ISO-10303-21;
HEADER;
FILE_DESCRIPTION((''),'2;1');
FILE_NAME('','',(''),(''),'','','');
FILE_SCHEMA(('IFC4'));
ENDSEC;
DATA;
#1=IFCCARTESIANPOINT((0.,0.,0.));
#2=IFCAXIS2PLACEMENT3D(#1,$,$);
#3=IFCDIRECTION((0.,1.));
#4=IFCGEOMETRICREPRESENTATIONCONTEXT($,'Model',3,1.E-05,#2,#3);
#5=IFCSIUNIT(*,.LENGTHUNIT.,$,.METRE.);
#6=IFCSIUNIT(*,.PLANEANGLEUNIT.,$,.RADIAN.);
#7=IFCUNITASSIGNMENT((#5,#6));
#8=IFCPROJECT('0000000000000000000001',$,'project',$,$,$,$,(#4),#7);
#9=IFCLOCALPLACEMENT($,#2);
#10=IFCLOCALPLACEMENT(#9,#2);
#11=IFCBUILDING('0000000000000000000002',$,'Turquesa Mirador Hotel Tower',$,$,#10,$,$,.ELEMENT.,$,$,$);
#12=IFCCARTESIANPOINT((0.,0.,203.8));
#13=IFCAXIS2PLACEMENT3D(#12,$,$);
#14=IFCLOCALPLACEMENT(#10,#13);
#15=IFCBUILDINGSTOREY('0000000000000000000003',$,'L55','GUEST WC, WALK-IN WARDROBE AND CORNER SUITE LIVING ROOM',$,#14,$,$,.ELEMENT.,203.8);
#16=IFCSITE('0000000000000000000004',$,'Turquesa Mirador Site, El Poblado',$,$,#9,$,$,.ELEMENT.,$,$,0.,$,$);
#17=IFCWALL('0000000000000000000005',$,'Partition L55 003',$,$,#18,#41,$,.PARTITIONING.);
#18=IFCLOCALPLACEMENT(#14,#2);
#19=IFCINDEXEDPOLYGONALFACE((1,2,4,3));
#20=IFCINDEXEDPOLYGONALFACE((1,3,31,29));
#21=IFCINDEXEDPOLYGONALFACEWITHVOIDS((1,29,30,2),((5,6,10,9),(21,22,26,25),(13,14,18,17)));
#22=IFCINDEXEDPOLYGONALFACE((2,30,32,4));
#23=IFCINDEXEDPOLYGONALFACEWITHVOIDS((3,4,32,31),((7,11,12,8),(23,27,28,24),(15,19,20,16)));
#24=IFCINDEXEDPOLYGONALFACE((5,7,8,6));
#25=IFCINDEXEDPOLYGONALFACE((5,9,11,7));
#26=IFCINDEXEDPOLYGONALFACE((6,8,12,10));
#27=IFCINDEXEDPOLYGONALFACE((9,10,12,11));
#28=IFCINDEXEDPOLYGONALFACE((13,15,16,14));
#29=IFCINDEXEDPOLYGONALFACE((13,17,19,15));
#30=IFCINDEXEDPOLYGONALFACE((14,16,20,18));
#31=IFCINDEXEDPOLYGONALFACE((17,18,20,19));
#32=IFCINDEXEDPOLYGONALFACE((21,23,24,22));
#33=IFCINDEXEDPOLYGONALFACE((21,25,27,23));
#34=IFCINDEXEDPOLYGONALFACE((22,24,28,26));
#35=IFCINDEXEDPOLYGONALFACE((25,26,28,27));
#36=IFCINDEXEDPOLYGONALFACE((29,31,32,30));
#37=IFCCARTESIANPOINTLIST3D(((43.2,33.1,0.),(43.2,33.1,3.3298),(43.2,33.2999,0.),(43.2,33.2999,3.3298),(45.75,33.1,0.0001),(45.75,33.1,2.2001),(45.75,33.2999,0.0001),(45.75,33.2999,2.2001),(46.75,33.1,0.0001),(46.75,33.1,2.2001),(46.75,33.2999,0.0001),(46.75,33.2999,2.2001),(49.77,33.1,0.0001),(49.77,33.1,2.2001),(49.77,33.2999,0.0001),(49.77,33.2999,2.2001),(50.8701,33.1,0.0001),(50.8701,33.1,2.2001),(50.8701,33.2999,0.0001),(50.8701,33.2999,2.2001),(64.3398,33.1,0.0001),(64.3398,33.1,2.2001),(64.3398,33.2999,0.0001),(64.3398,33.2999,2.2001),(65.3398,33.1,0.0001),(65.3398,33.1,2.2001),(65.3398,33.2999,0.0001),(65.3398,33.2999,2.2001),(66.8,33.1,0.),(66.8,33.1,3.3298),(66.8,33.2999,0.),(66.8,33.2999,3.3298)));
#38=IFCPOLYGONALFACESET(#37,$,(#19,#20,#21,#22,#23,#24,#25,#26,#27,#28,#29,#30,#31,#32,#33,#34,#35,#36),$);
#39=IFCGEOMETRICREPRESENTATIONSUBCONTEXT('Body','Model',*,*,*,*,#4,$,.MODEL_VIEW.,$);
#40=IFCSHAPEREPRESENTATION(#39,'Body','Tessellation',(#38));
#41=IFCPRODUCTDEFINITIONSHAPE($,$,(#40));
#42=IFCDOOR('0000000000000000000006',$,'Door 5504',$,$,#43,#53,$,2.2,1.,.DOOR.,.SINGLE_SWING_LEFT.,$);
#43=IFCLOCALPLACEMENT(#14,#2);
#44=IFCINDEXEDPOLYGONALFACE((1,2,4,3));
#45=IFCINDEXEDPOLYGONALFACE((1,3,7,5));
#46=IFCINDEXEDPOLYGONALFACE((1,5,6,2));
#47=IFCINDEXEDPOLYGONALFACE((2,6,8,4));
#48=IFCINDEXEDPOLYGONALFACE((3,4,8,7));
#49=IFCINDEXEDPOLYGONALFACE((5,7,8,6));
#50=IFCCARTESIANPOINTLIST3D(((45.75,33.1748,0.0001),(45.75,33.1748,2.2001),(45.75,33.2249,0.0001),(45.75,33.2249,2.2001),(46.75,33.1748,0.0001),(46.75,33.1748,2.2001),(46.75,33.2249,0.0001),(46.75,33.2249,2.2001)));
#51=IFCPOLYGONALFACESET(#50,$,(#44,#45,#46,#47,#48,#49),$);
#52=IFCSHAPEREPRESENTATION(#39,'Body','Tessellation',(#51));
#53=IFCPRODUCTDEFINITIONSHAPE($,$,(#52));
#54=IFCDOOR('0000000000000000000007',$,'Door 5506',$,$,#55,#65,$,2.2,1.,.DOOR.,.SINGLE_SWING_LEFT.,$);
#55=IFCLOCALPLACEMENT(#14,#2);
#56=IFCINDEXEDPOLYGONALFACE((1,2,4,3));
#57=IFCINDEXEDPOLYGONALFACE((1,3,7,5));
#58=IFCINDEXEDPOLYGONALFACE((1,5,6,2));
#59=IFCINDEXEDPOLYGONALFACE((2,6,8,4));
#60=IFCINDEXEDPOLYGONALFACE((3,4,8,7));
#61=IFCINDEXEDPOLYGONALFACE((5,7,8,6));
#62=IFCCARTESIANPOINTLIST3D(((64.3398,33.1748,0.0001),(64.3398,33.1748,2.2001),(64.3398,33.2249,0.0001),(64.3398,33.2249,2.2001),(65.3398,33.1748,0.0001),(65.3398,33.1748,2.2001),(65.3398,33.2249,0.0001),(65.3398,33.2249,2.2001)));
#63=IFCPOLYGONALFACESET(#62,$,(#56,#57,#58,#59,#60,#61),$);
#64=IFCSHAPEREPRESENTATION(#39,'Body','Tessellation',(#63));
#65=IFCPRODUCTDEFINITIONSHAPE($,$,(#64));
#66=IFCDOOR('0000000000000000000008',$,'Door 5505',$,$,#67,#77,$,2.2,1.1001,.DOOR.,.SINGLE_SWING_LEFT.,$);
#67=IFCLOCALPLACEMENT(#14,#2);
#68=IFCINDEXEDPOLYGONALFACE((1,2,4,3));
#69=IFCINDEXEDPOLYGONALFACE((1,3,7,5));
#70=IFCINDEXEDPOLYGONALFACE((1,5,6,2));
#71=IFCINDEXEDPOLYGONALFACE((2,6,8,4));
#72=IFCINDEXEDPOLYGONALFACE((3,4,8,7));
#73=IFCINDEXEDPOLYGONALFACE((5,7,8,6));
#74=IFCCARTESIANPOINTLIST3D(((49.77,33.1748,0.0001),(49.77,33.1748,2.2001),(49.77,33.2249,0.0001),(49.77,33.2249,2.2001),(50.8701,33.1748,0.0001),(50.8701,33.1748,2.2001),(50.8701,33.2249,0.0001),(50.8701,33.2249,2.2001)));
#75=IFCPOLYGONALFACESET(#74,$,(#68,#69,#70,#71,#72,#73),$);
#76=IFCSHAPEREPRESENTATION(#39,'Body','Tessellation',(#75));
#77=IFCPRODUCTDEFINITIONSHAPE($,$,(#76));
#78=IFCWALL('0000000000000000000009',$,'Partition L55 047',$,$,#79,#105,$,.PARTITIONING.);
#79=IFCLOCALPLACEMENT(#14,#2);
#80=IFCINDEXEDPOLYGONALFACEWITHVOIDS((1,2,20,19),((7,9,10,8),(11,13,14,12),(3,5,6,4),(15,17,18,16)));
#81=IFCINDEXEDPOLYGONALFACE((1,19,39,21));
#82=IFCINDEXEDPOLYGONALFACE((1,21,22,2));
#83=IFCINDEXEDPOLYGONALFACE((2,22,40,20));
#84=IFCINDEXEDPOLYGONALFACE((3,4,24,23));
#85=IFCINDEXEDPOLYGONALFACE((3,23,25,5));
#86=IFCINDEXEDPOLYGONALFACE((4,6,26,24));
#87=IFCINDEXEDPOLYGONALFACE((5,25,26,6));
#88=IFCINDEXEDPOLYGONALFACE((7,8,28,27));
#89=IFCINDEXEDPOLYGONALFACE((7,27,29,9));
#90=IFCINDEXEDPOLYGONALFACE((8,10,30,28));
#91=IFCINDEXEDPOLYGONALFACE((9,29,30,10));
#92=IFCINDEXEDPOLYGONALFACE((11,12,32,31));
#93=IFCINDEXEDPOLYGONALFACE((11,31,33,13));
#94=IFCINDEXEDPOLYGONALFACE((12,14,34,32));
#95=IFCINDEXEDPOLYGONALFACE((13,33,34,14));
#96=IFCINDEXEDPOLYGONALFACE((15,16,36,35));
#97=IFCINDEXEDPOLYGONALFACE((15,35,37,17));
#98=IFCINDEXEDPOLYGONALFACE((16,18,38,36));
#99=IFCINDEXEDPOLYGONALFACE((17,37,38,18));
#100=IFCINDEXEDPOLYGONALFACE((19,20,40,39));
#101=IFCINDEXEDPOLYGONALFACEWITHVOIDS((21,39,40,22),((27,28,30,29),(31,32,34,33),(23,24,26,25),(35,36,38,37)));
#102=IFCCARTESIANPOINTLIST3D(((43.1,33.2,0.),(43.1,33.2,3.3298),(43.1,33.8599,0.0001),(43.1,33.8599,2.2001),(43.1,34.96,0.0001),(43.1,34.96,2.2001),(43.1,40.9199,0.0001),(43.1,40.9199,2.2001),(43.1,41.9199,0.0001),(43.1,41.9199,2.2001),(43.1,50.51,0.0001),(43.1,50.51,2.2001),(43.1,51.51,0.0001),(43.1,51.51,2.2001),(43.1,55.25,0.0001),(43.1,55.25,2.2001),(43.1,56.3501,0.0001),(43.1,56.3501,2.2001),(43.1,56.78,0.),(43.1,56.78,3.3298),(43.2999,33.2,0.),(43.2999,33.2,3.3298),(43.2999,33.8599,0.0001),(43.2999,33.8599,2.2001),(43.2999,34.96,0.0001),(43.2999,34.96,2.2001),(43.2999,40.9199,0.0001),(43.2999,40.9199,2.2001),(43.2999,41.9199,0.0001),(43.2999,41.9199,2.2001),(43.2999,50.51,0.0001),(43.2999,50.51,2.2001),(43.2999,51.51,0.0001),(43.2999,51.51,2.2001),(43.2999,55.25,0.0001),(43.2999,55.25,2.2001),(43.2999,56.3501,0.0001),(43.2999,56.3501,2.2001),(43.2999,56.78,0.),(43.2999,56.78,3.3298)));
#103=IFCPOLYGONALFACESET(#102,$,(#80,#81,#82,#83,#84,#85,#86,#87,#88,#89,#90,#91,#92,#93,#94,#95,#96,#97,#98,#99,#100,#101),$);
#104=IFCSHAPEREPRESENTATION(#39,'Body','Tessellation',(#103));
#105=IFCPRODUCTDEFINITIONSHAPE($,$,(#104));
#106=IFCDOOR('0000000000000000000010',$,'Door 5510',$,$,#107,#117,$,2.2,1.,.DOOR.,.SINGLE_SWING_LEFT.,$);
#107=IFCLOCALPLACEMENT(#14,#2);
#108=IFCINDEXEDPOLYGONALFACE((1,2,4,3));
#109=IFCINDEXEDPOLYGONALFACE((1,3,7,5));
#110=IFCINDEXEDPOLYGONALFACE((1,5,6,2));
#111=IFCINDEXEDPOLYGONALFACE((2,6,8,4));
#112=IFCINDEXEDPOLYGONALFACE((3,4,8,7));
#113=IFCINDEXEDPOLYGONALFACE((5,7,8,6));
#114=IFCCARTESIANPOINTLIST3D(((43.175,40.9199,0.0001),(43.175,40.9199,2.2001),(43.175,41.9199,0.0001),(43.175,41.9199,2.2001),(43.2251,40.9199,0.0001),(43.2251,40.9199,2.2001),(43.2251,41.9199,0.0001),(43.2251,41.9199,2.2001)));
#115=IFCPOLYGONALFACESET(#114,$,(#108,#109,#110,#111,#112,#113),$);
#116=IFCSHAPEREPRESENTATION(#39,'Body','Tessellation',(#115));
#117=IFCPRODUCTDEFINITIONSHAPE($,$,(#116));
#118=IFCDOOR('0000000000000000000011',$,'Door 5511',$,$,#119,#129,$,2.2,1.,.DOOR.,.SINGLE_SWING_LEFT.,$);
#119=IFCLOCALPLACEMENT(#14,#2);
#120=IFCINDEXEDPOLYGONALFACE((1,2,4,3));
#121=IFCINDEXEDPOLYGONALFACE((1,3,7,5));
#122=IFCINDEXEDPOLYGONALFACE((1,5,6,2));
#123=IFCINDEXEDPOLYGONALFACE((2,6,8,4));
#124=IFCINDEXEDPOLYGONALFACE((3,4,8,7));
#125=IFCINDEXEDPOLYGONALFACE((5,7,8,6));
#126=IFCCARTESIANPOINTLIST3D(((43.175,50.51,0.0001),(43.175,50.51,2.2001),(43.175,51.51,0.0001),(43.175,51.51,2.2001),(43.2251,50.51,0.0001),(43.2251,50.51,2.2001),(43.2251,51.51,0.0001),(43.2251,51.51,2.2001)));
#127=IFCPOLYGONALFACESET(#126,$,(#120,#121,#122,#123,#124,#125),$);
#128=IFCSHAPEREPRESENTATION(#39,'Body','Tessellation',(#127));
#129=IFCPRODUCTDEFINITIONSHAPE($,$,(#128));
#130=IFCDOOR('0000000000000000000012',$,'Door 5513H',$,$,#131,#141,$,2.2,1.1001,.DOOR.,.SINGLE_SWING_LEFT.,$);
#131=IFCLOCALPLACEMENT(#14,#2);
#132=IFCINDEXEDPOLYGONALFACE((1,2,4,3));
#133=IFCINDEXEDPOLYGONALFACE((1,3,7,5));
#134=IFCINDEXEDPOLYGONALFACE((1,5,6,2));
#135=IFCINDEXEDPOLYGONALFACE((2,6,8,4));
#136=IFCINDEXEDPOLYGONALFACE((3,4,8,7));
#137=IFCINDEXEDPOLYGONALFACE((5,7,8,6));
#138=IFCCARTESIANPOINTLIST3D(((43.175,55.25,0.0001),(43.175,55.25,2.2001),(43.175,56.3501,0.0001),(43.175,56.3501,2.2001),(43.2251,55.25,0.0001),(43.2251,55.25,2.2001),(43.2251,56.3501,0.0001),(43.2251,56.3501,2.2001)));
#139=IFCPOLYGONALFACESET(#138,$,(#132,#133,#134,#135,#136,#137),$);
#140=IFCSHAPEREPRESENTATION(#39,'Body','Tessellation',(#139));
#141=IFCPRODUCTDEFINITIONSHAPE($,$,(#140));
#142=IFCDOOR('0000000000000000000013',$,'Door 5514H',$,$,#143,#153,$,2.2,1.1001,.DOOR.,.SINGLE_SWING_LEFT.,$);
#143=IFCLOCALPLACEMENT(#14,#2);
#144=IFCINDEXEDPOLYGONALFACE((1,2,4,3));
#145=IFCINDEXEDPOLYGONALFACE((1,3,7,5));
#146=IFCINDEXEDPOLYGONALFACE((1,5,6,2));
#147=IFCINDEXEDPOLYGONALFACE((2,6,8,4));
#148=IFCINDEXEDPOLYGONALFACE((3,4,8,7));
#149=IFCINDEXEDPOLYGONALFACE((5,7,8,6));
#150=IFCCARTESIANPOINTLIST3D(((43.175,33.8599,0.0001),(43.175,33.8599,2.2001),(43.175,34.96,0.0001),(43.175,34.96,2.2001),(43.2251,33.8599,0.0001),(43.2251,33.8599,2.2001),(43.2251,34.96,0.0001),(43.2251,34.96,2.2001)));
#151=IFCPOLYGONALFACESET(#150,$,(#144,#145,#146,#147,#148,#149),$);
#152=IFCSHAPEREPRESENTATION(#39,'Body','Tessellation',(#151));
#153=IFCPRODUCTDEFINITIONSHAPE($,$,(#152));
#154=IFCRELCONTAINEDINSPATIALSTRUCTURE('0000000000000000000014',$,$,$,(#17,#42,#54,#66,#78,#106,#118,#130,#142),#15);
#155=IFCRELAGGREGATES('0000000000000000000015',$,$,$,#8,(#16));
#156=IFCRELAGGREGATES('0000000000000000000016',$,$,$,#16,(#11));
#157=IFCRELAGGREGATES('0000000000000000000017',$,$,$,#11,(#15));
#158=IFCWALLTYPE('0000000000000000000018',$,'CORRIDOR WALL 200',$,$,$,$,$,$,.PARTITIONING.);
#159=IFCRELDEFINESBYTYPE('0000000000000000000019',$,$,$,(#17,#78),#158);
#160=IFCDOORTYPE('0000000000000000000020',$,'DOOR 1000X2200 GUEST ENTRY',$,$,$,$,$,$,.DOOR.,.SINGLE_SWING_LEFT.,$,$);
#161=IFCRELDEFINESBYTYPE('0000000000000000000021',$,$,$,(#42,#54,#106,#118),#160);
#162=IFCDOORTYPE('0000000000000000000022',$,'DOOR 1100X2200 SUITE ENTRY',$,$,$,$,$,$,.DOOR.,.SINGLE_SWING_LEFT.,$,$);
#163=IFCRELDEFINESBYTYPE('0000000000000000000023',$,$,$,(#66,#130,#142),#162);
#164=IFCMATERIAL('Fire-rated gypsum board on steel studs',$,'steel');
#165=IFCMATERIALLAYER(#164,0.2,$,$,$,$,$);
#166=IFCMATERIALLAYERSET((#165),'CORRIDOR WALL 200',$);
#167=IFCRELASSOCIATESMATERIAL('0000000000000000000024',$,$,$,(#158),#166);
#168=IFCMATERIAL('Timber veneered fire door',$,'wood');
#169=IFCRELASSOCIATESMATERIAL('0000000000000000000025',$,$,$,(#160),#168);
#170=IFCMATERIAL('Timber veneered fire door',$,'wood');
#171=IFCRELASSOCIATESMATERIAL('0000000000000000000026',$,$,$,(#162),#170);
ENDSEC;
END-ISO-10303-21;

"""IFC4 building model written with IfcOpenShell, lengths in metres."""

from ifc_helpers import new_model, si_unit, direction, frame, frame_2d, origin, place, context, subcontext, project, spatial, rectangle, extrude, material, layer, layer_set, type_object, element, fill, save


model = new_model("IFC4")

# Units and contexts
model_context = context("Model", 3, precision=1e-05, world=origin(), true_north=direction((0.0, 1.0)))
body_context = subcontext(model_context, "Body", "Model", "MODEL_VIEW")
ifc_project = project(units=[si_unit("LENGTHUNIT", "METRE"), si_unit("PLANEANGLEUNIT", "RADIAN")], contexts=[model_context])

# Site, building, storey
site_placement = place(None, origin())
site = spatial("IfcSite", under=ifc_project, at=site_placement, Name="Turquesa Mirador Site, El Poblado", CompositionType="ELEMENT", RefElevation=0.0)
building_placement = place(site_placement, origin())
building = spatial("IfcBuilding", under=site, at=building_placement, Name="Turquesa Mirador Hotel Tower", CompositionType="ELEMENT")
storey_placement = place(building_placement, frame((0.0, 0.0, 203.8)))
storey = spatial("IfcBuildingStorey", under=building, at=storey_placement, Name="L55", Description="GUEST WC, WALK-IN WARDROBE AND CORNER SUITE LIVING ROOM", CompositionType="ELEMENT", Elevation=203.8)

# Walls, openings, doors
ifc_material_1 = material(Name="Fire-rated gypsum board on steel studs", Category="steel")
ifc_layer_1 = layer(ifc_material_1, 0.2)
ifc_layer_set_1 = layer_set([ifc_layer_1], Name="CORRIDOR WALL 200")
wall_type_1 = type_object("IfcWallType", Name="CORRIDOR WALL 200", PredefinedType="PARTITIONING", material=ifc_layer_set_1)
wall_1_placement = place(storey_placement, frame((43.2, 33.2, 0.0), z_axis=(0.0, 0.0, 1.0), x_axis=(1.0, 0.0, 0.0)))
wall_1 = element("IfcWall", 1, at=wall_1_placement, inside=storey, type_object=wall_type_1, Name="Partition L55 003", PredefinedType="PARTITIONING", context=body_context, shape_type="SweptSolid", body=[
    extrude(rectangle(XDim=23.6001, YDim=0.2, at=frame_2d((11.8, 0.0))), origin(), (0.0, 0.0, 1.0), 3.3298),
])
opening_1_placement = place(wall_1_placement, frame((2.55, 0.0, 0.0)))
opening_1 = element("IfcOpeningElement", 2, at=opening_1_placement, cuts=wall_1, PredefinedType="OPENING", context=body_context, shape_type="SweptSolid", body=[
    extrude(rectangle(XDim=1.0, YDim=2.2, at=frame_2d((0.5, 1.1001))), frame((0.0, 0.1099, 0.0), z_axis=(0.0, -1.0, 0.0), x_axis=(1.0, 0.0, 0.0)), (0.0, 0.0, 1.0), 0.22),
])
opening_2_placement = place(wall_1_placement, frame((6.5701, 0.0, 0.0)))
opening_2 = element("IfcOpeningElement", 3, at=opening_2_placement, cuts=wall_1, PredefinedType="OPENING", context=body_context, shape_type="SweptSolid", body=[
    extrude(rectangle(XDim=1.1001, YDim=2.2, at=frame_2d((0.55, 1.1001))), frame((0.0, 0.1099, 0.0), z_axis=(0.0, -1.0, 0.0), x_axis=(1.0, 0.0, 0.0)), (0.0, 0.0, 1.0), 0.22),
])
opening_3_placement = place(wall_1_placement, frame((21.1399, 0.0, 0.0)))
opening_3 = element("IfcOpeningElement", 4, at=opening_3_placement, cuts=wall_1, PredefinedType="OPENING", context=body_context, shape_type="SweptSolid", body=[
    extrude(rectangle(XDim=1.0, YDim=2.2, at=frame_2d((0.5, 1.1001))), frame((0.0, 0.1099, 0.0), z_axis=(0.0, -1.0, 0.0), x_axis=(1.0, 0.0, 0.0)), (0.0, 0.0, 1.0), 0.22),
])
ifc_material_2 = material(Name="Timber veneered fire door", Category="wood")
door_type_1 = type_object("IfcDoorType", Name="DOOR 1000X2200 GUEST ENTRY", OperationType="SINGLE_SWING_LEFT", PredefinedType="DOOR", material=ifc_material_2)
door_1_placement = place(opening_1_placement, origin())
door_1 = element("IfcDoor", 5, at=door_1_placement, inside=storey, type_object=door_type_1, Name="Door 5504", OperationType="SINGLE_SWING_LEFT", OverallHeight=2.2, OverallWidth=1.0, PredefinedType="DOOR", context=body_context, shape_type="SweptSolid", body=[
    extrude(rectangle(XDim=1.0, YDim=2.2, at=frame_2d((0.5, 1.1001))), frame((0.0, 0.0249, 0.0), z_axis=(0.0, -1.0, 0.0), x_axis=(1.0, 0.0, 0.0)), (0.0, 0.0, 1.0), 0.05),
])
fill(opening_1, door_1)
door_2_placement = place(opening_3_placement, origin())
door_2 = element("IfcDoor", 6, at=door_2_placement, inside=storey, type_object=door_type_1, Name="Door 5506", OperationType="SINGLE_SWING_LEFT", OverallHeight=2.2, OverallWidth=1.0, PredefinedType="DOOR", context=body_context, shape_type="SweptSolid", body=[
    extrude(rectangle(XDim=1.0, YDim=2.2, at=frame_2d((0.5, 1.1001))), frame((0.0, 0.0249, 0.0), z_axis=(0.0, -1.0, 0.0), x_axis=(1.0, 0.0, 0.0)), (0.0, 0.0, 1.0), 0.05),
])
fill(opening_3, door_2)
ifc_material_3 = material(Name="Timber veneered fire door", Category="wood")
door_type_2 = type_object("IfcDoorType", Name="DOOR 1100X2200 SUITE ENTRY", OperationType="SINGLE_SWING_LEFT", PredefinedType="DOOR", material=ifc_material_3)
door_3_placement = place(opening_2_placement, origin())
door_3 = element("IfcDoor", 7, at=door_3_placement, inside=storey, type_object=door_type_2, Name="Door 5505", OperationType="SINGLE_SWING_LEFT", OverallHeight=2.2, OverallWidth=1.1001, PredefinedType="DOOR", context=body_context, shape_type="SweptSolid", body=[
    extrude(rectangle(XDim=1.1001, YDim=2.2, at=frame_2d((0.55, 1.1001))), frame((0.0, 0.0249, 0.0), z_axis=(0.0, -1.0, 0.0), x_axis=(1.0, 0.0, 0.0)), (0.0, 0.0, 1.0), 0.05),
])
fill(opening_2, door_3)
wall_2_placement = place(storey_placement, frame((43.2, 33.2, 0.0), z_axis=(0.0, 0.0, 1.0), x_axis=(0.0, 1.0, 0.0)))
wall_2 = element("IfcWall", 8, at=wall_2_placement, inside=storey, type_object=wall_type_1, Name="Partition L55 047", PredefinedType="PARTITIONING", context=body_context, shape_type="SweptSolid", body=[
    extrude(rectangle(XDim=23.5801, YDim=0.2, at=frame_2d((11.79, 0.0))), origin(), (0.0, 0.0, 1.0), 3.3298),
])
opening_4_placement = place(wall_2_placement, frame((7.72, 0.0, 0.0)))
opening_4 = element("IfcOpeningElement", 9, at=opening_4_placement, cuts=wall_2, PredefinedType="OPENING", context=body_context, shape_type="SweptSolid", body=[
    extrude(rectangle(XDim=1.0, YDim=2.2, at=frame_2d((0.5, 1.1001))), frame((0.0, 0.1099, 0.0), z_axis=(0.0, -1.0, 0.0), x_axis=(1.0, 0.0, 0.0)), (0.0, 0.0, 1.0), 0.22),
])
opening_5_placement = place(wall_2_placement, frame((17.3101, 0.0, 0.0)))
opening_5 = element("IfcOpeningElement", 10, at=opening_5_placement, cuts=wall_2, PredefinedType="OPENING", context=body_context, shape_type="SweptSolid", body=[
    extrude(rectangle(XDim=1.0, YDim=2.2, at=frame_2d((0.5, 1.1001))), frame((0.0, 0.1099, 0.0), z_axis=(0.0, -1.0, 0.0), x_axis=(1.0, 0.0, 0.0)), (0.0, 0.0, 1.0), 0.22),
])
opening_6_placement = place(wall_2_placement, frame((22.05, 0.0, 0.0)))
opening_6 = element("IfcOpeningElement", 11, at=opening_6_placement, cuts=wall_2, PredefinedType="OPENING", context=body_context, shape_type="SweptSolid", body=[
    extrude(rectangle(XDim=1.1001, YDim=2.2, at=frame_2d((0.55, 1.1001))), frame((0.0, 0.1099, 0.0), z_axis=(0.0, -1.0, 0.0), x_axis=(1.0, 0.0, 0.0)), (0.0, 0.0, 1.0), 0.22),
])
opening_7_placement = place(wall_2_placement, frame((0.6599, 0.0, 0.0)))
opening_7 = element("IfcOpeningElement", 12, at=opening_7_placement, cuts=wall_2, PredefinedType="OPENING", context=body_context, shape_type="SweptSolid", body=[
    extrude(rectangle(XDim=1.1001, YDim=2.2, at=frame_2d((0.55, 1.1001))), frame((0.0, 0.1099, 0.0), z_axis=(0.0, -1.0, 0.0), x_axis=(1.0, 0.0, 0.0)), (0.0, 0.0, 1.0), 0.22),
])
door_4_placement = place(opening_4_placement, origin())
door_4 = element("IfcDoor", 13, at=door_4_placement, inside=storey, type_object=door_type_1, Name="Door 5510", OperationType="SINGLE_SWING_LEFT", OverallHeight=2.2, OverallWidth=1.0, PredefinedType="DOOR", context=body_context, shape_type="SweptSolid", body=[
    extrude(rectangle(XDim=1.0, YDim=2.2, at=frame_2d((0.5, 1.1001))), frame((0.0, 0.0249, 0.0), z_axis=(0.0, -1.0, 0.0), x_axis=(1.0, 0.0, 0.0)), (0.0, 0.0, 1.0), 0.05),
])
fill(opening_4, door_4)
door_5_placement = place(opening_5_placement, origin())
door_5 = element("IfcDoor", 14, at=door_5_placement, inside=storey, type_object=door_type_1, Name="Door 5511", OperationType="SINGLE_SWING_LEFT", OverallHeight=2.2, OverallWidth=1.0, PredefinedType="DOOR", context=body_context, shape_type="SweptSolid", body=[
    extrude(rectangle(XDim=1.0, YDim=2.2, at=frame_2d((0.5, 1.1001))), frame((0.0, 0.0249, 0.0), z_axis=(0.0, -1.0, 0.0), x_axis=(1.0, 0.0, 0.0)), (0.0, 0.0, 1.0), 0.05),
])
fill(opening_5, door_5)
door_6_placement = place(opening_6_placement, origin())
door_6 = element("IfcDoor", 15, at=door_6_placement, inside=storey, type_object=door_type_2, Name="Door 5513H", OperationType="SINGLE_SWING_LEFT", OverallHeight=2.2, OverallWidth=1.1001, PredefinedType="DOOR", context=body_context, shape_type="SweptSolid", body=[
    extrude(rectangle(XDim=1.1001, YDim=2.2, at=frame_2d((0.55, 1.1001))), frame((0.0, 0.0249, 0.0), z_axis=(0.0, -1.0, 0.0), x_axis=(1.0, 0.0, 0.0)), (0.0, 0.0, 1.0), 0.05),
])
fill(opening_6, door_6)
door_7_placement = place(opening_7_placement, origin())
door_7 = element("IfcDoor", 16, at=door_7_placement, inside=storey, type_object=door_type_2, Name="Door 5514H", OperationType="SINGLE_SWING_LEFT", OverallHeight=2.2, OverallWidth=1.1001, PredefinedType="DOOR", context=body_context, shape_type="SweptSolid", body=[
    extrude(rectangle(XDim=1.1001, YDim=2.2, at=frame_2d((0.55, 1.1001))), frame((0.0, 0.0249, 0.0), z_axis=(0.0, -1.0, 0.0), x_axis=(1.0, 0.0, 0.0)), (0.0, 0.0, 1.0), 0.05),
])
fill(opening_7, door_7)

save(model, "model.ifc")
